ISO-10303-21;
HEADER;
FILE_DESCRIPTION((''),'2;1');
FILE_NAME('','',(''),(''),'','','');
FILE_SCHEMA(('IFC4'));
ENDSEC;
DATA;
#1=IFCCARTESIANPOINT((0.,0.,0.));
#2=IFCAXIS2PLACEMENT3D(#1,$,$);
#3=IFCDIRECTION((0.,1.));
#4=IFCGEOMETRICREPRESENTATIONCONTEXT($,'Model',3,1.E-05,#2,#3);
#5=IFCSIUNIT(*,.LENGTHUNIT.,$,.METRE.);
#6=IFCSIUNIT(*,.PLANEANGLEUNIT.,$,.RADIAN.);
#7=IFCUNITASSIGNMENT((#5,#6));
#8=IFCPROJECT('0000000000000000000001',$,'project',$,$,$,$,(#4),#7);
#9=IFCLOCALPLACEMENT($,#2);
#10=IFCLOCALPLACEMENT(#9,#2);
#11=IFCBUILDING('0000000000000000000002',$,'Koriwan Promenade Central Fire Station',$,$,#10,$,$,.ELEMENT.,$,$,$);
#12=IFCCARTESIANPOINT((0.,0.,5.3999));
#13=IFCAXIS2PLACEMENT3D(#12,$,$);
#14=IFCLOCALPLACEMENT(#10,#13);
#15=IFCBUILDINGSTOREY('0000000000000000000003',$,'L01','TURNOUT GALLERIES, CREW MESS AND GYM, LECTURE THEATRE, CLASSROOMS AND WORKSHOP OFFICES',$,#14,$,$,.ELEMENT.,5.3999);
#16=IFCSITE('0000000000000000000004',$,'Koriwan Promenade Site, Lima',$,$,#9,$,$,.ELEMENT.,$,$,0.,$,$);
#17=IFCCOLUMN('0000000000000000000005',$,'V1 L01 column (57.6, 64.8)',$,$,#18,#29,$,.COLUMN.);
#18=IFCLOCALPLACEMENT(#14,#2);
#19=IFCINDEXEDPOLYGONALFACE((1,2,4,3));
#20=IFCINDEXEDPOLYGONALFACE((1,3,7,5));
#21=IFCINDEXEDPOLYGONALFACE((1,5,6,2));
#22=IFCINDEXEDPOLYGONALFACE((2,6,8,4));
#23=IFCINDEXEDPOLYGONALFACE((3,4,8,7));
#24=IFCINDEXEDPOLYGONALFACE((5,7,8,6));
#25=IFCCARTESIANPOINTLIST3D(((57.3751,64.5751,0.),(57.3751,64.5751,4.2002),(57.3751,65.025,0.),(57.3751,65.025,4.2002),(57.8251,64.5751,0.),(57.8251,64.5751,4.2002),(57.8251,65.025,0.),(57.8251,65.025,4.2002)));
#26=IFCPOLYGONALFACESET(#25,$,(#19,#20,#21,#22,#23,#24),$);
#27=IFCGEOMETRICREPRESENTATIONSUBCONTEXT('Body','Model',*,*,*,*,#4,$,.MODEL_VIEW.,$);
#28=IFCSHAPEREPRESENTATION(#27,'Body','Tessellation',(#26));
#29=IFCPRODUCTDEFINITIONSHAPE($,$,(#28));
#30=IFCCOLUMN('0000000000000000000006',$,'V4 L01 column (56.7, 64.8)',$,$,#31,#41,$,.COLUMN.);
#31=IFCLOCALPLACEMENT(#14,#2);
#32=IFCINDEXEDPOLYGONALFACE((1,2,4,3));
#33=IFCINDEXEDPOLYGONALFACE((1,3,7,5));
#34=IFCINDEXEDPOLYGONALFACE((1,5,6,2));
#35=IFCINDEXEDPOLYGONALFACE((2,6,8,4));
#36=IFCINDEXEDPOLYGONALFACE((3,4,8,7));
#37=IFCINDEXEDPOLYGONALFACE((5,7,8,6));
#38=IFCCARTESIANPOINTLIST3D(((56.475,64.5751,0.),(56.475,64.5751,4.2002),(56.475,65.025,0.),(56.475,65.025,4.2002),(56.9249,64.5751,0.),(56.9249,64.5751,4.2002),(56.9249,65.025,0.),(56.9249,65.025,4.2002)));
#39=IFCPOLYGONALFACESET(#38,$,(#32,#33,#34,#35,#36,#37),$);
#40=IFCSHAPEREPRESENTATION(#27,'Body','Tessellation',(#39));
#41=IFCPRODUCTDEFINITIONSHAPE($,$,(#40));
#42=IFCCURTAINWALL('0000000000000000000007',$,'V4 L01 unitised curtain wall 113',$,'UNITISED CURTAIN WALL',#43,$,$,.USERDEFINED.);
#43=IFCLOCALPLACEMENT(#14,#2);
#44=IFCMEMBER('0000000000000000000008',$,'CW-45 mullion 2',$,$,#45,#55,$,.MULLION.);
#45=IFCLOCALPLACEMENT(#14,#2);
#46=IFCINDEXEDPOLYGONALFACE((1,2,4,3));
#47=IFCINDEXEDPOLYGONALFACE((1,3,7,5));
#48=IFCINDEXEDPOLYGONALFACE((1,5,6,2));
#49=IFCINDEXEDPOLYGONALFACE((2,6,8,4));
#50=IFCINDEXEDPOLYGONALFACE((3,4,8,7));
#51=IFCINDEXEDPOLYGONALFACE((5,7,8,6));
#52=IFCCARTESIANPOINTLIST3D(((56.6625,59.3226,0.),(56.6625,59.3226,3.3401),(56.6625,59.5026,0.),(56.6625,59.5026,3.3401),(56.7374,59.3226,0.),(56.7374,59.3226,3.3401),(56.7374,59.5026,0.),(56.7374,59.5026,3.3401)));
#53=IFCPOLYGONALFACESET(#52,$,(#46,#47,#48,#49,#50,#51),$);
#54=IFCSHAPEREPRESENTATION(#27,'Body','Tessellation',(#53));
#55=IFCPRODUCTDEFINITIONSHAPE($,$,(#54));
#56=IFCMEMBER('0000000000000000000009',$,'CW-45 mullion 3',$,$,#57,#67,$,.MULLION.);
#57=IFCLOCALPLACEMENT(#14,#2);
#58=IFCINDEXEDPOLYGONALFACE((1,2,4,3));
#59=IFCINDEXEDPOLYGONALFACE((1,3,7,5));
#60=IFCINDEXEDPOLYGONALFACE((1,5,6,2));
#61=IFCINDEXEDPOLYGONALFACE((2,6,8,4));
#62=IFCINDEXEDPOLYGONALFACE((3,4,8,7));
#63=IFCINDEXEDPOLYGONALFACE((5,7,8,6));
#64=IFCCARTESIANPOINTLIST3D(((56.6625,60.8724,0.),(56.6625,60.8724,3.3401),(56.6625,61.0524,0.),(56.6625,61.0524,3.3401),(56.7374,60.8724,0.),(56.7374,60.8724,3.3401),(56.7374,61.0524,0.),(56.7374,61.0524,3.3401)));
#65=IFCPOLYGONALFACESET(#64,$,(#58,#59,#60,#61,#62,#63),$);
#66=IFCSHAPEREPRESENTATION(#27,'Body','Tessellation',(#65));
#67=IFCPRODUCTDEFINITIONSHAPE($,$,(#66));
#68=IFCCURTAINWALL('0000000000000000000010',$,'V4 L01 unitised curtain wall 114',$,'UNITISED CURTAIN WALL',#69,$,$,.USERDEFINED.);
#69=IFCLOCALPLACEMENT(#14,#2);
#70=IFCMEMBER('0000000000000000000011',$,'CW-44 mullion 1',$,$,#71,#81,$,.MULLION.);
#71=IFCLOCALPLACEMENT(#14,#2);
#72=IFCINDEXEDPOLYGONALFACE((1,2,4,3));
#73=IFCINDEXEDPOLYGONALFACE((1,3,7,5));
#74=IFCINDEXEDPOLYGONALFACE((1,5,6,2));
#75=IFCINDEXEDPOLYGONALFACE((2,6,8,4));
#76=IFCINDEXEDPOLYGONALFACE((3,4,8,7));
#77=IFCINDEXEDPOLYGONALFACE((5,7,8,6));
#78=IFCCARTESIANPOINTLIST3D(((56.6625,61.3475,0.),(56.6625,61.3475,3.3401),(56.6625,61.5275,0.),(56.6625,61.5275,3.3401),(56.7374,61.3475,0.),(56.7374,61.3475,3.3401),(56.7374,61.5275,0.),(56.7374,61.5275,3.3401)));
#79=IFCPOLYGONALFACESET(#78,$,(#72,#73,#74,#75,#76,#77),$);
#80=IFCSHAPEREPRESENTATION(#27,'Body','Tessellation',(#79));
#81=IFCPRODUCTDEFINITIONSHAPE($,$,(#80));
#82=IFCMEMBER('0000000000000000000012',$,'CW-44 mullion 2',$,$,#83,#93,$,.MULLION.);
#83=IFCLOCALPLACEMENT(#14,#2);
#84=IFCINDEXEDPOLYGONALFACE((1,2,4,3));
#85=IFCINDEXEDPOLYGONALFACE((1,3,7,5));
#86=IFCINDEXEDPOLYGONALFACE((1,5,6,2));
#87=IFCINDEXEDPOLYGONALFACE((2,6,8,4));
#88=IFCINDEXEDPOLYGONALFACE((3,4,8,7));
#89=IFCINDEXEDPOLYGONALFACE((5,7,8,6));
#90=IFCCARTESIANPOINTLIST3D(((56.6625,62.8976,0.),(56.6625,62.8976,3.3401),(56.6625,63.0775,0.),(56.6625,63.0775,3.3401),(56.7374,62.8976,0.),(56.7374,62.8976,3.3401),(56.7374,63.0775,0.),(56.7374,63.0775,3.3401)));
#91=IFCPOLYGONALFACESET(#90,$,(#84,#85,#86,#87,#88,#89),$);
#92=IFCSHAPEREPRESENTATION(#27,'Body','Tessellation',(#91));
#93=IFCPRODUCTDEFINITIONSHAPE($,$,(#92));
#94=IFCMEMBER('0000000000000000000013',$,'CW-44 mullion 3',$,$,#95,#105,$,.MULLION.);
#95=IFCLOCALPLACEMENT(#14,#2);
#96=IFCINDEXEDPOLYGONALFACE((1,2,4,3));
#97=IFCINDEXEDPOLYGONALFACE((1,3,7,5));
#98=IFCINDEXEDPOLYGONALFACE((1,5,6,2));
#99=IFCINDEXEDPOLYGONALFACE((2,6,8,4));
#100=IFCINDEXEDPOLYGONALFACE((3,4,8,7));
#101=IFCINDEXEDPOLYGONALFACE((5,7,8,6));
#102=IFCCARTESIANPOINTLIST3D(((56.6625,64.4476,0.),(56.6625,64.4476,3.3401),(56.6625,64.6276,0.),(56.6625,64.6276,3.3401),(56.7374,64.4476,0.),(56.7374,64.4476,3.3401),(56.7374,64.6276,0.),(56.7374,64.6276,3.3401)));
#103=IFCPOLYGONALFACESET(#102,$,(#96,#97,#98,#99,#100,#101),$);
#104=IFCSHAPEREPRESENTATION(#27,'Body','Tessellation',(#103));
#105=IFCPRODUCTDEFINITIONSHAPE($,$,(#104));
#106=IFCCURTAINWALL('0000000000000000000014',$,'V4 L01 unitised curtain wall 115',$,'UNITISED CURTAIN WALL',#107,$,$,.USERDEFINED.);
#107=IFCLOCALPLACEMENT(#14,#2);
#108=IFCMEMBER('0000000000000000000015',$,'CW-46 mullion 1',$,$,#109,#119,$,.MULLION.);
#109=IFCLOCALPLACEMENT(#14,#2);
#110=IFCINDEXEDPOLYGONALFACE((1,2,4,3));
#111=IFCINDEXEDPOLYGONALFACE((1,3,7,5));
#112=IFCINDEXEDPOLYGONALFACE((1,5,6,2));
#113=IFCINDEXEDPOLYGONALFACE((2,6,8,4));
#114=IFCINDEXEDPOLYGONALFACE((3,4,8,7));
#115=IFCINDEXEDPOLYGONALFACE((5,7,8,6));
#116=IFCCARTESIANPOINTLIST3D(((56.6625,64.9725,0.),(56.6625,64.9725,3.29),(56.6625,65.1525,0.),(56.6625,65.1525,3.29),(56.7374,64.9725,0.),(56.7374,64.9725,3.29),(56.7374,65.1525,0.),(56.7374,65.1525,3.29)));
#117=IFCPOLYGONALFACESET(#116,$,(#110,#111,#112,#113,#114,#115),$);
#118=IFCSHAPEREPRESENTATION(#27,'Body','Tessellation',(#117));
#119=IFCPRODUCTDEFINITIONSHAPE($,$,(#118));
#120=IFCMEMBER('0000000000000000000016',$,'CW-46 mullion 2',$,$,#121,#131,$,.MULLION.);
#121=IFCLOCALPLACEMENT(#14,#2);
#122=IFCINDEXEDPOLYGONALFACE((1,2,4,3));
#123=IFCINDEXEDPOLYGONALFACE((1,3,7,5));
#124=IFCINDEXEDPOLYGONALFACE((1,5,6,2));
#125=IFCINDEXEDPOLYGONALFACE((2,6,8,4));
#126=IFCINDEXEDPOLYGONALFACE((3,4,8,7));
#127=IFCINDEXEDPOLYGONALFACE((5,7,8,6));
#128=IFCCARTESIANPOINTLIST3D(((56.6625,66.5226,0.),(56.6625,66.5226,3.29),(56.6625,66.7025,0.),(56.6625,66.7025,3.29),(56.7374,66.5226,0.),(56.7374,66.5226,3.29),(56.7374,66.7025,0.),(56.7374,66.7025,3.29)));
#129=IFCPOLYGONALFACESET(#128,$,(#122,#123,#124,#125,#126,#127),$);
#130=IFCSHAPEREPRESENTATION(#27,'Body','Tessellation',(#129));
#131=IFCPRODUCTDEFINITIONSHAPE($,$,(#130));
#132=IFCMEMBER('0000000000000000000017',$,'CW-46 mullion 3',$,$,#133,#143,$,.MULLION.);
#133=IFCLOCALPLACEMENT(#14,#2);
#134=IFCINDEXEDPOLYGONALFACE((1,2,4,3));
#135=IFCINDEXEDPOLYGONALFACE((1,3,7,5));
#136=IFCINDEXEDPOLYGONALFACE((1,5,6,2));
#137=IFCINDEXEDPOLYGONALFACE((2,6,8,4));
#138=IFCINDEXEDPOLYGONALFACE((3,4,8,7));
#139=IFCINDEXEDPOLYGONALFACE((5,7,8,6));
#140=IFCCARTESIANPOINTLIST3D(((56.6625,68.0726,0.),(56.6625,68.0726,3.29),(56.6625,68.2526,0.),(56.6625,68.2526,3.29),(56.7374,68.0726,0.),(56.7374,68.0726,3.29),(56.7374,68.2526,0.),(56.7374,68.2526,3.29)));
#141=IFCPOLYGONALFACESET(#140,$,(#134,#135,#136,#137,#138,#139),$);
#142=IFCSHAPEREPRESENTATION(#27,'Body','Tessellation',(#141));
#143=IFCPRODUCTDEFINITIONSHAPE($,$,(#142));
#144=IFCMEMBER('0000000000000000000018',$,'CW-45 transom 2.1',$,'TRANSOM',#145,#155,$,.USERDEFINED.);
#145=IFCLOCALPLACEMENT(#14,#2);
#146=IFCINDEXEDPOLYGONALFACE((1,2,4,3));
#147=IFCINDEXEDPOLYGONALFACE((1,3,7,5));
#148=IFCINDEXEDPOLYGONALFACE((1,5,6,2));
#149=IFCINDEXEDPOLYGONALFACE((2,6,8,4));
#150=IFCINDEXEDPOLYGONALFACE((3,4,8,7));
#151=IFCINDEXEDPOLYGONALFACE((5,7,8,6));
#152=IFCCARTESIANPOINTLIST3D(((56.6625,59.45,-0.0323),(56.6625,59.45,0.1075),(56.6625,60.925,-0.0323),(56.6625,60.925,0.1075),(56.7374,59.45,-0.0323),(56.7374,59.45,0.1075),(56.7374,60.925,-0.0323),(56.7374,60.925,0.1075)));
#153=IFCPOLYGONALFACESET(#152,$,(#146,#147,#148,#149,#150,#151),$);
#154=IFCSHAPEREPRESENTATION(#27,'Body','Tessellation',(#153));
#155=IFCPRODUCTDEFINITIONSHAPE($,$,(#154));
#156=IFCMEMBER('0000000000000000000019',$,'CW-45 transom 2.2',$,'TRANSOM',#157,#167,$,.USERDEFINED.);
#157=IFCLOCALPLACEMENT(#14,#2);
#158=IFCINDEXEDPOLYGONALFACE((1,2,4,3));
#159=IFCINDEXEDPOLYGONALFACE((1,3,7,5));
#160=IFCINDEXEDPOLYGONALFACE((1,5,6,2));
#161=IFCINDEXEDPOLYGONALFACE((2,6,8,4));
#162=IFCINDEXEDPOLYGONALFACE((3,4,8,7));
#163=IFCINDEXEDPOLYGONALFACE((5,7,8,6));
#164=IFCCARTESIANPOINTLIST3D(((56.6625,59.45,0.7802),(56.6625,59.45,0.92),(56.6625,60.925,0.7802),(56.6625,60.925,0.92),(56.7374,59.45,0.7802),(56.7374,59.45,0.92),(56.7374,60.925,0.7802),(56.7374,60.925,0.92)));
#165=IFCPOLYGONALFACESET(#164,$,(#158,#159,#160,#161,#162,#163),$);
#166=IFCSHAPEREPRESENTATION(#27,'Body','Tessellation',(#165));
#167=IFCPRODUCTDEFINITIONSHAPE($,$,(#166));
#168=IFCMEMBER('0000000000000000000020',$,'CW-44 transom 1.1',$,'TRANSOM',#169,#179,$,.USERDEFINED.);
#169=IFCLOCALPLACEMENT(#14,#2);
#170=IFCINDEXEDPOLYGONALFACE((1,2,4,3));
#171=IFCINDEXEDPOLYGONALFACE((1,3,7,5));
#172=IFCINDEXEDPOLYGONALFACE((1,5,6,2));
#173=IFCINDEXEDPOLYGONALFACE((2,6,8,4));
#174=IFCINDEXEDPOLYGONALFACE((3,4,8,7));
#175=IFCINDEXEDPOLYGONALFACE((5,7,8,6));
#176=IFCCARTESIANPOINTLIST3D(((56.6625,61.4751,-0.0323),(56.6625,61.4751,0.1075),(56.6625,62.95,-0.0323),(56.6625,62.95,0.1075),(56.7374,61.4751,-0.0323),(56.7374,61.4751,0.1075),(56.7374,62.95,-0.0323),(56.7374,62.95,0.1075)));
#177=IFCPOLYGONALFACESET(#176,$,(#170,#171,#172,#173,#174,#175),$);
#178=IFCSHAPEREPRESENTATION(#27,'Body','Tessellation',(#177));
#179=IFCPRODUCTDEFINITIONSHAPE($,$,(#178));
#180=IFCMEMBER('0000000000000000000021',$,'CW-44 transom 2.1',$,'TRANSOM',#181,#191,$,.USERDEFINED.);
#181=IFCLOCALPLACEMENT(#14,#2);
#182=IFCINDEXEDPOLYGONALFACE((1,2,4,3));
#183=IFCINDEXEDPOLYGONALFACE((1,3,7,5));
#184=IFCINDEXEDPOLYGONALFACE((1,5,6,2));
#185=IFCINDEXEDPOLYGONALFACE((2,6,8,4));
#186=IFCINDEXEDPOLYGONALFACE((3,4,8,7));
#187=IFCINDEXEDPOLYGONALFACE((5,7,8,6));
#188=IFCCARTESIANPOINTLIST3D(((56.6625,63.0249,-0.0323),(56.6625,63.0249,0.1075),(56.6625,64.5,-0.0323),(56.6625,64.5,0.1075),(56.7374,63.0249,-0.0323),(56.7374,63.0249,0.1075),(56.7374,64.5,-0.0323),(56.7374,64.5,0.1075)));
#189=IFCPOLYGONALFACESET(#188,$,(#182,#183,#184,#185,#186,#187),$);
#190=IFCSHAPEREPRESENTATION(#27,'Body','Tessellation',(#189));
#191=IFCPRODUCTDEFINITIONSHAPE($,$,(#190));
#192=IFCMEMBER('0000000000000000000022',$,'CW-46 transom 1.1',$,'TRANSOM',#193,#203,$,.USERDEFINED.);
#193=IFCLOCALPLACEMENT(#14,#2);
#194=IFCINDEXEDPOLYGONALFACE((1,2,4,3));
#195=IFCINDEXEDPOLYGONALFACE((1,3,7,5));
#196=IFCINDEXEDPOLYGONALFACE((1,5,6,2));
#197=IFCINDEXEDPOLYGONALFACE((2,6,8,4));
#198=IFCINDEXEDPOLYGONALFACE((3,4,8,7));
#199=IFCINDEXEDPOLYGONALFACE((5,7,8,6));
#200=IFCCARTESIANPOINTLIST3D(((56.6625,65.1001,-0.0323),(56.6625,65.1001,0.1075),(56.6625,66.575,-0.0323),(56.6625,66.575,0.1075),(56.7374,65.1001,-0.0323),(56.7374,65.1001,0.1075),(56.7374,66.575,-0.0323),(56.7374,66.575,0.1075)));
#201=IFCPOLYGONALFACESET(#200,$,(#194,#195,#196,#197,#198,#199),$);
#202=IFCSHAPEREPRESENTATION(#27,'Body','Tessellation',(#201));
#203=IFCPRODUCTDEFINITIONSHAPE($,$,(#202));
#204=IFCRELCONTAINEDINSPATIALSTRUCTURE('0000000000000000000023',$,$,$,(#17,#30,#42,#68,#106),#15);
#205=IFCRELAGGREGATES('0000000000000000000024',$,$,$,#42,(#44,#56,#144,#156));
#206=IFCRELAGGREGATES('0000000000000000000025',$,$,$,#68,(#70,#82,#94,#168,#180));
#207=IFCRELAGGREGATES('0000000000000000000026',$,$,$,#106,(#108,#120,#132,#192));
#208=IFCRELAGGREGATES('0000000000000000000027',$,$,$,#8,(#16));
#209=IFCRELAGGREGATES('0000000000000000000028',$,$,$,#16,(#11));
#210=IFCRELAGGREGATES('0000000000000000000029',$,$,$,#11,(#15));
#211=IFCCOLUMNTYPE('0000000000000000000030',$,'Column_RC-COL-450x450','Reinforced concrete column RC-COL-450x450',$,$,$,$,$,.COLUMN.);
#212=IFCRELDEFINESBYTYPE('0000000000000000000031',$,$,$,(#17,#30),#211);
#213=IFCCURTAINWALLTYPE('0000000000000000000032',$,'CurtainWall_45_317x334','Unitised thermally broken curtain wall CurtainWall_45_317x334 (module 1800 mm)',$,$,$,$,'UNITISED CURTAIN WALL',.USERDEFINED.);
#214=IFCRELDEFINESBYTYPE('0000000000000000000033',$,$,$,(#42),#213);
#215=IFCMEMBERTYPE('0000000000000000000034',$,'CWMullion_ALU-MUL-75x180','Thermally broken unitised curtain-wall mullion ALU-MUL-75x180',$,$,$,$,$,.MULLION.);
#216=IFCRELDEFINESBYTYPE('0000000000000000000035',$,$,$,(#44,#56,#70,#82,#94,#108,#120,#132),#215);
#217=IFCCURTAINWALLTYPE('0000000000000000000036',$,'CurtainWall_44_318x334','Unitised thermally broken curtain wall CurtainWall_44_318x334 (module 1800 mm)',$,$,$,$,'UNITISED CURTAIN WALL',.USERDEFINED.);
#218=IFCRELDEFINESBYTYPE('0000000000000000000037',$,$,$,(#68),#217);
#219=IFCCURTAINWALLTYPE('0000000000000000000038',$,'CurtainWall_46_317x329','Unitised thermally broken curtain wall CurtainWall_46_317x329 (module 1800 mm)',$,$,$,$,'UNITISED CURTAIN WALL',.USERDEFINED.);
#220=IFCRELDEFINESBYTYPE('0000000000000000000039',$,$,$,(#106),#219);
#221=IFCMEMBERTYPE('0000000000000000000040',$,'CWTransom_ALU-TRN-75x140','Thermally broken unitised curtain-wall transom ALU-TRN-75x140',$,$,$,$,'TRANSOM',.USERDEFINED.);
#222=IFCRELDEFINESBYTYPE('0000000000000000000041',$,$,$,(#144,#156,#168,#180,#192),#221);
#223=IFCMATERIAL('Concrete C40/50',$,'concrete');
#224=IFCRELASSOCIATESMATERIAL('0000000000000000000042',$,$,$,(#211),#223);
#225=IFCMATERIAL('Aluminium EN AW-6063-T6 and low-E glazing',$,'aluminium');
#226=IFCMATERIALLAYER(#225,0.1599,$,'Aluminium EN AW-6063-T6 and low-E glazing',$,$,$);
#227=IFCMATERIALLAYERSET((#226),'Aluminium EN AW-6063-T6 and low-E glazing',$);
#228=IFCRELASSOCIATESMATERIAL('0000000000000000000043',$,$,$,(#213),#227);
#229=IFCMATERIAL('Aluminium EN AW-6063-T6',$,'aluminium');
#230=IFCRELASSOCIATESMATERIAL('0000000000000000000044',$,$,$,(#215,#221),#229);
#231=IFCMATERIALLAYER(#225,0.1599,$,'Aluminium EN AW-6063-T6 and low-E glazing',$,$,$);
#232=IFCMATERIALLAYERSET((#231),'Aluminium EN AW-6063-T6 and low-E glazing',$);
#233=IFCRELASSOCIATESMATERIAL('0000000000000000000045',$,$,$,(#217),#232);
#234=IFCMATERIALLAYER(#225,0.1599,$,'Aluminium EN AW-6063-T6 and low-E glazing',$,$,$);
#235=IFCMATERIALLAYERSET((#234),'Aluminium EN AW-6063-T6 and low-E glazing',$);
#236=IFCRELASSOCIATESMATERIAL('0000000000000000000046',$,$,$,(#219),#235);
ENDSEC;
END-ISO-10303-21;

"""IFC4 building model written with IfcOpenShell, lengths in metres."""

from ifc_helpers import new_model, si_unit, direction, frame, origin, origin_2d, place, context, subcontext, project, spatial, rectangle, extrude, material, layer, layer_set, material_profile, profile_set, type_object, element, aggregate, save


model = new_model("IFC4")

# Units and contexts
model_context = context("Model", 3, precision=1e-05, world=origin(), true_north=direction((0.0, 1.0)))
body_context = subcontext(model_context, "Body", "Model", "MODEL_VIEW")
ifc_project = project(units=[si_unit("LENGTHUNIT", "METRE"), si_unit("PLANEANGLEUNIT", "RADIAN")], contexts=[model_context])

# Site, building, storey
site_placement = place(None, origin())
site = spatial("IfcSite", under=ifc_project, at=site_placement, Name="Koriwan Promenade Site, Lima", CompositionType="ELEMENT", RefElevation=0.0)
building_placement = place(site_placement, origin())
building = spatial("IfcBuilding", under=site, at=building_placement, Name="Koriwan Promenade Central Fire Station", CompositionType="ELEMENT")
storey_placement = place(building_placement, frame((0.0, 0.0, 5.3999)))
storey = spatial("IfcBuildingStorey", under=building, at=storey_placement, Name="L01", Description="TURNOUT GALLERIES, CREW MESS AND GYM, LECTURE THEATRE, CLASSROOMS AND WORKSHOP OFFICES", CompositionType="ELEMENT", Elevation=5.3999)

# Columns
ifc_material_1 = material(Name="Concrete C40/50", Category="concrete")
ifc_material_profile_1 = material_profile(ifc_material_1, rectangle(XDim=0.45, YDim=0.45, at=origin_2d()), Name="RC-COL-450x450")
ifc_profile_set_1 = profile_set([ifc_material_profile_1], Name="Concrete C40/50")
column_type = type_object("IfcColumnType", Name="Column_RC-COL-450x450", Description="Reinforced concrete column RC-COL-450x450", PredefinedType="COLUMN", material=ifc_profile_set_1)
for number, where, z_axis, x_axis, name in (
    (1, (57.6001, 64.8, 0.0), (0.0, 0.0, 1.0), (1.0, 0.0, 0.0), "V1 L01 column (57.6, 64.8)"),
    (2, (56.7, 64.8, 0.0), (0.0, 0.0, 1.0), (1.0, 0.0, 0.0), "V4 L01 column (56.7, 64.8)"),
):
    element("IfcColumn", number, at=place(storey_placement, frame(where, z_axis=z_axis, x_axis=x_axis)), inside=storey, type_object=column_type, Name=name, PredefinedType="COLUMN", context=body_context, shape_type="SweptSolid", body=[
        extrude(rectangle(XDim=0.45, YDim=0.45, at=origin_2d()), origin(), (0.0, 0.0, 1.0), 4.2002),
    ])

# Curtain walls, members
ifc_material_2 = material(Name="Aluminium EN AW-6063-T6 and low-E glazing", Category="aluminium")
ifc_layer_1 = layer(ifc_material_2, 0.1599, Name="Aluminium EN AW-6063-T6 and low-E glazing")
ifc_layer_set_1 = layer_set([ifc_layer_1], Name="Aluminium EN AW-6063-T6 and low-E glazing")
curtain_wall_type_1 = type_object("IfcCurtainWallType", Name="CurtainWall_45_317x334", Description="Unitised thermally broken curtain wall CurtainWall_45_317x334 (module 1800 mm)", ElementType="UNITISED CURTAIN WALL", PredefinedType="USERDEFINED", material=ifc_layer_set_1)
curtain_wall_1_placement = place(storey_placement, origin())
curtain_wall_1 = element("IfcCurtainWall", 3, at=curtain_wall_1_placement, inside=storey, type_object=curtain_wall_type_1, Name="V4 L01 unitised curtain wall 113", ObjectType="UNITISED CURTAIN WALL", PredefinedType="USERDEFINED")
ifc_material_3 = material(Name="Aluminium EN AW-6063-T6", Category="aluminium")
ifc_material_profile_2 = material_profile(ifc_material_3, rectangle(XDim=0.075, YDim=0.1799, at=origin_2d()), Name="ALU-MUL-75x180")
ifc_profile_set_2 = profile_set([ifc_material_profile_2], Name="Aluminium EN AW-6063-T6")
member_type_1 = type_object("IfcMemberType", Name="CWMullion_ALU-MUL-75x180", Description="Thermally broken unitised curtain-wall mullion ALU-MUL-75x180", PredefinedType="MULLION", material=ifc_profile_set_2)
member_1_placement = place(storey_placement, frame((56.7, 59.4126, 0.0), z_axis=(0.0, 0.0, 1.0), x_axis=(-1.0, 0.0, 0.0)))
member_1 = element("IfcMember", 4, at=member_1_placement, type_object=member_type_1, Name="CW-45 mullion 2", PredefinedType="MULLION", context=body_context, shape_type="SweptSolid", body=[
    extrude(rectangle(XDim=0.075, YDim=0.1799, at=origin_2d()), origin(), (0.0, 0.0, 1.0), 3.3401),
])
member_2_placement = place(storey_placement, frame((56.7, 60.9624, 0.0), z_axis=(0.0, 0.0, 1.0), x_axis=(-1.0, 0.0, 0.0)))
member_2 = element("IfcMember", 5, at=member_2_placement, type_object=member_type_1, Name="CW-45 mullion 3", PredefinedType="MULLION", context=body_context, shape_type="SweptSolid", body=[
    extrude(rectangle(XDim=0.075, YDim=0.1799, at=origin_2d()), origin(), (0.0, 0.0, 1.0), 3.3401),
])
ifc_layer_2 = layer(ifc_material_2, 0.1599, Name="Aluminium EN AW-6063-T6 and low-E glazing")
ifc_layer_set_2 = layer_set([ifc_layer_2], Name="Aluminium EN AW-6063-T6 and low-E glazing")
curtain_wall_type_2 = type_object("IfcCurtainWallType", Name="CurtainWall_44_318x334", Description="Unitised thermally broken curtain wall CurtainWall_44_318x334 (module 1800 mm)", ElementType="UNITISED CURTAIN WALL", PredefinedType="USERDEFINED", material=ifc_layer_set_2)
curtain_wall_2_placement = place(storey_placement, origin())
curtain_wall_2 = element("IfcCurtainWall", 6, at=curtain_wall_2_placement, inside=storey, type_object=curtain_wall_type_2, Name="V4 L01 unitised curtain wall 114", ObjectType="UNITISED CURTAIN WALL", PredefinedType="USERDEFINED")
member_3_placement = place(storey_placement, frame((56.7, 61.4375, 0.0), z_axis=(0.0, 0.0, 1.0), x_axis=(-1.0, 0.0, 0.0)))
member_3 = element("IfcMember", 7, at=member_3_placement, type_object=member_type_1, Name="CW-44 mullion 1", PredefinedType="MULLION", context=body_context, shape_type="SweptSolid", body=[
    extrude(rectangle(XDim=0.075, YDim=0.1799, at=origin_2d()), origin(), (0.0, 0.0, 1.0), 3.3401),
])
member_4_placement = place(storey_placement, frame((56.7, 62.9875, 0.0), z_axis=(0.0, 0.0, 1.0), x_axis=(-1.0, 0.0, 0.0)))
member_4 = element("IfcMember", 8, at=member_4_placement, type_object=member_type_1, Name="CW-44 mullion 2", PredefinedType="MULLION", context=body_context, shape_type="SweptSolid", body=[
    extrude(rectangle(XDim=0.075, YDim=0.1799, at=origin_2d()), origin(), (0.0, 0.0, 1.0), 3.3401),
])
member_5_placement = place(storey_placement, frame((56.7, 64.5376, 0.0), z_axis=(0.0, 0.0, 1.0), x_axis=(-1.0, 0.0, 0.0)))
member_5 = element("IfcMember", 9, at=member_5_placement, type_object=member_type_1, Name="CW-44 mullion 3", PredefinedType="MULLION", context=body_context, shape_type="SweptSolid", body=[
    extrude(rectangle(XDim=0.075, YDim=0.1799, at=origin_2d()), origin(), (0.0, 0.0, 1.0), 3.3401),
])
ifc_layer_3 = layer(ifc_material_2, 0.1599, Name="Aluminium EN AW-6063-T6 and low-E glazing")
ifc_layer_set_3 = layer_set([ifc_layer_3], Name="Aluminium EN AW-6063-T6 and low-E glazing")
curtain_wall_type_3 = type_object("IfcCurtainWallType", Name="CurtainWall_46_317x329", Description="Unitised thermally broken curtain wall CurtainWall_46_317x329 (module 1800 mm)", ElementType="UNITISED CURTAIN WALL", PredefinedType="USERDEFINED", material=ifc_layer_set_3)
curtain_wall_3_placement = place(storey_placement, origin())
curtain_wall_3 = element("IfcCurtainWall", 10, at=curtain_wall_3_placement, inside=storey, type_object=curtain_wall_type_3, Name="V4 L01 unitised curtain wall 115", ObjectType="UNITISED CURTAIN WALL", PredefinedType="USERDEFINED")
member_6_placement = place(storey_placement, frame((56.7, 65.0625, 0.0), z_axis=(0.0, 0.0, 1.0), x_axis=(-1.0, 0.0, 0.0)))
member_6 = element("IfcMember", 11, at=member_6_placement, type_object=member_type_1, Name="CW-46 mullion 1", PredefinedType="MULLION", context=body_context, shape_type="SweptSolid", body=[
    extrude(rectangle(XDim=0.075, YDim=0.1799, at=origin_2d()), origin(), (0.0, 0.0, 1.0), 3.29),
])
member_7_placement = place(storey_placement, frame((56.7, 66.6125, 0.0), z_axis=(0.0, 0.0, 1.0), x_axis=(-1.0, 0.0, 0.0)))
member_7 = element("IfcMember", 12, at=member_7_placement, type_object=member_type_1, Name="CW-46 mullion 2", PredefinedType="MULLION", context=body_context, shape_type="SweptSolid", body=[
    extrude(rectangle(XDim=0.075, YDim=0.1799, at=origin_2d()), origin(), (0.0, 0.0, 1.0), 3.29),
])
member_8_placement = place(storey_placement, frame((56.7, 68.1626, 0.0), z_axis=(0.0, 0.0, 1.0), x_axis=(-1.0, 0.0, 0.0)))
member_8 = element("IfcMember", 13, at=member_8_placement, type_object=member_type_1, Name="CW-46 mullion 3", PredefinedType="MULLION", context=body_context, shape_type="SweptSolid", body=[
    extrude(rectangle(XDim=0.075, YDim=0.1799, at=origin_2d()), origin(), (0.0, 0.0, 1.0), 3.29),
])

# Members
ifc_material_profile_3 = material_profile(ifc_material_3, rectangle(XDim=0.075, YDim=0.1399, at=origin_2d()), Name="ALU-TRN-75x140")
ifc_profile_set_3 = profile_set([ifc_material_profile_3], Name="Aluminium EN AW-6063-T6")
member_type_2 = type_object("IfcMemberType", Name="CWTransom_ALU-TRN-75x140", Description="Thermally broken unitised curtain-wall transom ALU-TRN-75x140", ElementType="TRANSOM", PredefinedType="USERDEFINED", material=ifc_profile_set_3)
member_9_placement = place(storey_placement, frame((56.7, 59.45, 0.0376), z_axis=(0.0, 1.0, 0.0), x_axis=(-1.0, 0.0, 0.0)))
member_9 = element("IfcMember", 14, at=member_9_placement, type_object=member_type_2, Name="CW-45 transom 2.1", ObjectType="TRANSOM", PredefinedType="USERDEFINED", context=body_context, shape_type="SweptSolid", body=[
    extrude(rectangle(XDim=0.075, YDim=0.1399, at=origin_2d()), origin(), (0.0, 0.0, 1.0), 1.4751),
])
member_10_placement = place(storey_placement, frame((56.7, 59.45, 0.8501), z_axis=(0.0, 1.0, 0.0), x_axis=(-1.0, 0.0, 0.0)))
member_10 = element("IfcMember", 15, at=member_10_placement, type_object=member_type_2, Name="CW-45 transom 2.2", ObjectType="TRANSOM", PredefinedType="USERDEFINED", context=body_context, shape_type="SweptSolid", body=[
    extrude(rectangle(XDim=0.075, YDim=0.1399, at=origin_2d()), origin(), (0.0, 0.0, 1.0), 1.4751),
])
member_11_placement = place(storey_placement, frame((56.7, 61.4751, 0.0376), z_axis=(0.0, 1.0, 0.0), x_axis=(-1.0, 0.0, 0.0)))
member_11 = element("IfcMember", 16, at=member_11_placement, type_object=member_type_2, Name="CW-44 transom 1.1", ObjectType="TRANSOM", PredefinedType="USERDEFINED", context=body_context, shape_type="SweptSolid", body=[
    extrude(rectangle(XDim=0.075, YDim=0.1399, at=origin_2d()), origin(), (0.0, 0.0, 1.0), 1.4749),
])
member_12_placement = place(storey_placement, frame((56.7, 63.0249, 0.0376), z_axis=(0.0, 1.0, 0.0), x_axis=(-1.0, 0.0, 0.0)))
member_12 = element("IfcMember", 17, at=member_12_placement, type_object=member_type_2, Name="CW-44 transom 2.1", ObjectType="TRANSOM", PredefinedType="USERDEFINED", context=body_context, shape_type="SweptSolid", body=[
    extrude(rectangle(XDim=0.075, YDim=0.1399, at=origin_2d()), origin(), (0.0, 0.0, 1.0), 1.4751),
])
member_13_placement = place(storey_placement, frame((56.7, 65.1001, 0.0376), z_axis=(0.0, 1.0, 0.0), x_axis=(-1.0, 0.0, 0.0)))
member_13 = element("IfcMember", 18, at=member_13_placement, type_object=member_type_2, Name="CW-46 transom 1.1", ObjectType="TRANSOM", PredefinedType="USERDEFINED", context=body_context, shape_type="SweptSolid", body=[
    extrude(rectangle(XDim=0.075, YDim=0.1399, at=origin_2d()), origin(), (0.0, 0.0, 1.0), 1.4749),
])

aggregate(curtain_wall_1, [member_1, member_2, member_9, member_10])
aggregate(curtain_wall_2, [member_3, member_4, member_5, member_11, member_12])
aggregate(curtain_wall_3, [member_6, member_7, member_8, member_13])

save(model, "model.ifc")
